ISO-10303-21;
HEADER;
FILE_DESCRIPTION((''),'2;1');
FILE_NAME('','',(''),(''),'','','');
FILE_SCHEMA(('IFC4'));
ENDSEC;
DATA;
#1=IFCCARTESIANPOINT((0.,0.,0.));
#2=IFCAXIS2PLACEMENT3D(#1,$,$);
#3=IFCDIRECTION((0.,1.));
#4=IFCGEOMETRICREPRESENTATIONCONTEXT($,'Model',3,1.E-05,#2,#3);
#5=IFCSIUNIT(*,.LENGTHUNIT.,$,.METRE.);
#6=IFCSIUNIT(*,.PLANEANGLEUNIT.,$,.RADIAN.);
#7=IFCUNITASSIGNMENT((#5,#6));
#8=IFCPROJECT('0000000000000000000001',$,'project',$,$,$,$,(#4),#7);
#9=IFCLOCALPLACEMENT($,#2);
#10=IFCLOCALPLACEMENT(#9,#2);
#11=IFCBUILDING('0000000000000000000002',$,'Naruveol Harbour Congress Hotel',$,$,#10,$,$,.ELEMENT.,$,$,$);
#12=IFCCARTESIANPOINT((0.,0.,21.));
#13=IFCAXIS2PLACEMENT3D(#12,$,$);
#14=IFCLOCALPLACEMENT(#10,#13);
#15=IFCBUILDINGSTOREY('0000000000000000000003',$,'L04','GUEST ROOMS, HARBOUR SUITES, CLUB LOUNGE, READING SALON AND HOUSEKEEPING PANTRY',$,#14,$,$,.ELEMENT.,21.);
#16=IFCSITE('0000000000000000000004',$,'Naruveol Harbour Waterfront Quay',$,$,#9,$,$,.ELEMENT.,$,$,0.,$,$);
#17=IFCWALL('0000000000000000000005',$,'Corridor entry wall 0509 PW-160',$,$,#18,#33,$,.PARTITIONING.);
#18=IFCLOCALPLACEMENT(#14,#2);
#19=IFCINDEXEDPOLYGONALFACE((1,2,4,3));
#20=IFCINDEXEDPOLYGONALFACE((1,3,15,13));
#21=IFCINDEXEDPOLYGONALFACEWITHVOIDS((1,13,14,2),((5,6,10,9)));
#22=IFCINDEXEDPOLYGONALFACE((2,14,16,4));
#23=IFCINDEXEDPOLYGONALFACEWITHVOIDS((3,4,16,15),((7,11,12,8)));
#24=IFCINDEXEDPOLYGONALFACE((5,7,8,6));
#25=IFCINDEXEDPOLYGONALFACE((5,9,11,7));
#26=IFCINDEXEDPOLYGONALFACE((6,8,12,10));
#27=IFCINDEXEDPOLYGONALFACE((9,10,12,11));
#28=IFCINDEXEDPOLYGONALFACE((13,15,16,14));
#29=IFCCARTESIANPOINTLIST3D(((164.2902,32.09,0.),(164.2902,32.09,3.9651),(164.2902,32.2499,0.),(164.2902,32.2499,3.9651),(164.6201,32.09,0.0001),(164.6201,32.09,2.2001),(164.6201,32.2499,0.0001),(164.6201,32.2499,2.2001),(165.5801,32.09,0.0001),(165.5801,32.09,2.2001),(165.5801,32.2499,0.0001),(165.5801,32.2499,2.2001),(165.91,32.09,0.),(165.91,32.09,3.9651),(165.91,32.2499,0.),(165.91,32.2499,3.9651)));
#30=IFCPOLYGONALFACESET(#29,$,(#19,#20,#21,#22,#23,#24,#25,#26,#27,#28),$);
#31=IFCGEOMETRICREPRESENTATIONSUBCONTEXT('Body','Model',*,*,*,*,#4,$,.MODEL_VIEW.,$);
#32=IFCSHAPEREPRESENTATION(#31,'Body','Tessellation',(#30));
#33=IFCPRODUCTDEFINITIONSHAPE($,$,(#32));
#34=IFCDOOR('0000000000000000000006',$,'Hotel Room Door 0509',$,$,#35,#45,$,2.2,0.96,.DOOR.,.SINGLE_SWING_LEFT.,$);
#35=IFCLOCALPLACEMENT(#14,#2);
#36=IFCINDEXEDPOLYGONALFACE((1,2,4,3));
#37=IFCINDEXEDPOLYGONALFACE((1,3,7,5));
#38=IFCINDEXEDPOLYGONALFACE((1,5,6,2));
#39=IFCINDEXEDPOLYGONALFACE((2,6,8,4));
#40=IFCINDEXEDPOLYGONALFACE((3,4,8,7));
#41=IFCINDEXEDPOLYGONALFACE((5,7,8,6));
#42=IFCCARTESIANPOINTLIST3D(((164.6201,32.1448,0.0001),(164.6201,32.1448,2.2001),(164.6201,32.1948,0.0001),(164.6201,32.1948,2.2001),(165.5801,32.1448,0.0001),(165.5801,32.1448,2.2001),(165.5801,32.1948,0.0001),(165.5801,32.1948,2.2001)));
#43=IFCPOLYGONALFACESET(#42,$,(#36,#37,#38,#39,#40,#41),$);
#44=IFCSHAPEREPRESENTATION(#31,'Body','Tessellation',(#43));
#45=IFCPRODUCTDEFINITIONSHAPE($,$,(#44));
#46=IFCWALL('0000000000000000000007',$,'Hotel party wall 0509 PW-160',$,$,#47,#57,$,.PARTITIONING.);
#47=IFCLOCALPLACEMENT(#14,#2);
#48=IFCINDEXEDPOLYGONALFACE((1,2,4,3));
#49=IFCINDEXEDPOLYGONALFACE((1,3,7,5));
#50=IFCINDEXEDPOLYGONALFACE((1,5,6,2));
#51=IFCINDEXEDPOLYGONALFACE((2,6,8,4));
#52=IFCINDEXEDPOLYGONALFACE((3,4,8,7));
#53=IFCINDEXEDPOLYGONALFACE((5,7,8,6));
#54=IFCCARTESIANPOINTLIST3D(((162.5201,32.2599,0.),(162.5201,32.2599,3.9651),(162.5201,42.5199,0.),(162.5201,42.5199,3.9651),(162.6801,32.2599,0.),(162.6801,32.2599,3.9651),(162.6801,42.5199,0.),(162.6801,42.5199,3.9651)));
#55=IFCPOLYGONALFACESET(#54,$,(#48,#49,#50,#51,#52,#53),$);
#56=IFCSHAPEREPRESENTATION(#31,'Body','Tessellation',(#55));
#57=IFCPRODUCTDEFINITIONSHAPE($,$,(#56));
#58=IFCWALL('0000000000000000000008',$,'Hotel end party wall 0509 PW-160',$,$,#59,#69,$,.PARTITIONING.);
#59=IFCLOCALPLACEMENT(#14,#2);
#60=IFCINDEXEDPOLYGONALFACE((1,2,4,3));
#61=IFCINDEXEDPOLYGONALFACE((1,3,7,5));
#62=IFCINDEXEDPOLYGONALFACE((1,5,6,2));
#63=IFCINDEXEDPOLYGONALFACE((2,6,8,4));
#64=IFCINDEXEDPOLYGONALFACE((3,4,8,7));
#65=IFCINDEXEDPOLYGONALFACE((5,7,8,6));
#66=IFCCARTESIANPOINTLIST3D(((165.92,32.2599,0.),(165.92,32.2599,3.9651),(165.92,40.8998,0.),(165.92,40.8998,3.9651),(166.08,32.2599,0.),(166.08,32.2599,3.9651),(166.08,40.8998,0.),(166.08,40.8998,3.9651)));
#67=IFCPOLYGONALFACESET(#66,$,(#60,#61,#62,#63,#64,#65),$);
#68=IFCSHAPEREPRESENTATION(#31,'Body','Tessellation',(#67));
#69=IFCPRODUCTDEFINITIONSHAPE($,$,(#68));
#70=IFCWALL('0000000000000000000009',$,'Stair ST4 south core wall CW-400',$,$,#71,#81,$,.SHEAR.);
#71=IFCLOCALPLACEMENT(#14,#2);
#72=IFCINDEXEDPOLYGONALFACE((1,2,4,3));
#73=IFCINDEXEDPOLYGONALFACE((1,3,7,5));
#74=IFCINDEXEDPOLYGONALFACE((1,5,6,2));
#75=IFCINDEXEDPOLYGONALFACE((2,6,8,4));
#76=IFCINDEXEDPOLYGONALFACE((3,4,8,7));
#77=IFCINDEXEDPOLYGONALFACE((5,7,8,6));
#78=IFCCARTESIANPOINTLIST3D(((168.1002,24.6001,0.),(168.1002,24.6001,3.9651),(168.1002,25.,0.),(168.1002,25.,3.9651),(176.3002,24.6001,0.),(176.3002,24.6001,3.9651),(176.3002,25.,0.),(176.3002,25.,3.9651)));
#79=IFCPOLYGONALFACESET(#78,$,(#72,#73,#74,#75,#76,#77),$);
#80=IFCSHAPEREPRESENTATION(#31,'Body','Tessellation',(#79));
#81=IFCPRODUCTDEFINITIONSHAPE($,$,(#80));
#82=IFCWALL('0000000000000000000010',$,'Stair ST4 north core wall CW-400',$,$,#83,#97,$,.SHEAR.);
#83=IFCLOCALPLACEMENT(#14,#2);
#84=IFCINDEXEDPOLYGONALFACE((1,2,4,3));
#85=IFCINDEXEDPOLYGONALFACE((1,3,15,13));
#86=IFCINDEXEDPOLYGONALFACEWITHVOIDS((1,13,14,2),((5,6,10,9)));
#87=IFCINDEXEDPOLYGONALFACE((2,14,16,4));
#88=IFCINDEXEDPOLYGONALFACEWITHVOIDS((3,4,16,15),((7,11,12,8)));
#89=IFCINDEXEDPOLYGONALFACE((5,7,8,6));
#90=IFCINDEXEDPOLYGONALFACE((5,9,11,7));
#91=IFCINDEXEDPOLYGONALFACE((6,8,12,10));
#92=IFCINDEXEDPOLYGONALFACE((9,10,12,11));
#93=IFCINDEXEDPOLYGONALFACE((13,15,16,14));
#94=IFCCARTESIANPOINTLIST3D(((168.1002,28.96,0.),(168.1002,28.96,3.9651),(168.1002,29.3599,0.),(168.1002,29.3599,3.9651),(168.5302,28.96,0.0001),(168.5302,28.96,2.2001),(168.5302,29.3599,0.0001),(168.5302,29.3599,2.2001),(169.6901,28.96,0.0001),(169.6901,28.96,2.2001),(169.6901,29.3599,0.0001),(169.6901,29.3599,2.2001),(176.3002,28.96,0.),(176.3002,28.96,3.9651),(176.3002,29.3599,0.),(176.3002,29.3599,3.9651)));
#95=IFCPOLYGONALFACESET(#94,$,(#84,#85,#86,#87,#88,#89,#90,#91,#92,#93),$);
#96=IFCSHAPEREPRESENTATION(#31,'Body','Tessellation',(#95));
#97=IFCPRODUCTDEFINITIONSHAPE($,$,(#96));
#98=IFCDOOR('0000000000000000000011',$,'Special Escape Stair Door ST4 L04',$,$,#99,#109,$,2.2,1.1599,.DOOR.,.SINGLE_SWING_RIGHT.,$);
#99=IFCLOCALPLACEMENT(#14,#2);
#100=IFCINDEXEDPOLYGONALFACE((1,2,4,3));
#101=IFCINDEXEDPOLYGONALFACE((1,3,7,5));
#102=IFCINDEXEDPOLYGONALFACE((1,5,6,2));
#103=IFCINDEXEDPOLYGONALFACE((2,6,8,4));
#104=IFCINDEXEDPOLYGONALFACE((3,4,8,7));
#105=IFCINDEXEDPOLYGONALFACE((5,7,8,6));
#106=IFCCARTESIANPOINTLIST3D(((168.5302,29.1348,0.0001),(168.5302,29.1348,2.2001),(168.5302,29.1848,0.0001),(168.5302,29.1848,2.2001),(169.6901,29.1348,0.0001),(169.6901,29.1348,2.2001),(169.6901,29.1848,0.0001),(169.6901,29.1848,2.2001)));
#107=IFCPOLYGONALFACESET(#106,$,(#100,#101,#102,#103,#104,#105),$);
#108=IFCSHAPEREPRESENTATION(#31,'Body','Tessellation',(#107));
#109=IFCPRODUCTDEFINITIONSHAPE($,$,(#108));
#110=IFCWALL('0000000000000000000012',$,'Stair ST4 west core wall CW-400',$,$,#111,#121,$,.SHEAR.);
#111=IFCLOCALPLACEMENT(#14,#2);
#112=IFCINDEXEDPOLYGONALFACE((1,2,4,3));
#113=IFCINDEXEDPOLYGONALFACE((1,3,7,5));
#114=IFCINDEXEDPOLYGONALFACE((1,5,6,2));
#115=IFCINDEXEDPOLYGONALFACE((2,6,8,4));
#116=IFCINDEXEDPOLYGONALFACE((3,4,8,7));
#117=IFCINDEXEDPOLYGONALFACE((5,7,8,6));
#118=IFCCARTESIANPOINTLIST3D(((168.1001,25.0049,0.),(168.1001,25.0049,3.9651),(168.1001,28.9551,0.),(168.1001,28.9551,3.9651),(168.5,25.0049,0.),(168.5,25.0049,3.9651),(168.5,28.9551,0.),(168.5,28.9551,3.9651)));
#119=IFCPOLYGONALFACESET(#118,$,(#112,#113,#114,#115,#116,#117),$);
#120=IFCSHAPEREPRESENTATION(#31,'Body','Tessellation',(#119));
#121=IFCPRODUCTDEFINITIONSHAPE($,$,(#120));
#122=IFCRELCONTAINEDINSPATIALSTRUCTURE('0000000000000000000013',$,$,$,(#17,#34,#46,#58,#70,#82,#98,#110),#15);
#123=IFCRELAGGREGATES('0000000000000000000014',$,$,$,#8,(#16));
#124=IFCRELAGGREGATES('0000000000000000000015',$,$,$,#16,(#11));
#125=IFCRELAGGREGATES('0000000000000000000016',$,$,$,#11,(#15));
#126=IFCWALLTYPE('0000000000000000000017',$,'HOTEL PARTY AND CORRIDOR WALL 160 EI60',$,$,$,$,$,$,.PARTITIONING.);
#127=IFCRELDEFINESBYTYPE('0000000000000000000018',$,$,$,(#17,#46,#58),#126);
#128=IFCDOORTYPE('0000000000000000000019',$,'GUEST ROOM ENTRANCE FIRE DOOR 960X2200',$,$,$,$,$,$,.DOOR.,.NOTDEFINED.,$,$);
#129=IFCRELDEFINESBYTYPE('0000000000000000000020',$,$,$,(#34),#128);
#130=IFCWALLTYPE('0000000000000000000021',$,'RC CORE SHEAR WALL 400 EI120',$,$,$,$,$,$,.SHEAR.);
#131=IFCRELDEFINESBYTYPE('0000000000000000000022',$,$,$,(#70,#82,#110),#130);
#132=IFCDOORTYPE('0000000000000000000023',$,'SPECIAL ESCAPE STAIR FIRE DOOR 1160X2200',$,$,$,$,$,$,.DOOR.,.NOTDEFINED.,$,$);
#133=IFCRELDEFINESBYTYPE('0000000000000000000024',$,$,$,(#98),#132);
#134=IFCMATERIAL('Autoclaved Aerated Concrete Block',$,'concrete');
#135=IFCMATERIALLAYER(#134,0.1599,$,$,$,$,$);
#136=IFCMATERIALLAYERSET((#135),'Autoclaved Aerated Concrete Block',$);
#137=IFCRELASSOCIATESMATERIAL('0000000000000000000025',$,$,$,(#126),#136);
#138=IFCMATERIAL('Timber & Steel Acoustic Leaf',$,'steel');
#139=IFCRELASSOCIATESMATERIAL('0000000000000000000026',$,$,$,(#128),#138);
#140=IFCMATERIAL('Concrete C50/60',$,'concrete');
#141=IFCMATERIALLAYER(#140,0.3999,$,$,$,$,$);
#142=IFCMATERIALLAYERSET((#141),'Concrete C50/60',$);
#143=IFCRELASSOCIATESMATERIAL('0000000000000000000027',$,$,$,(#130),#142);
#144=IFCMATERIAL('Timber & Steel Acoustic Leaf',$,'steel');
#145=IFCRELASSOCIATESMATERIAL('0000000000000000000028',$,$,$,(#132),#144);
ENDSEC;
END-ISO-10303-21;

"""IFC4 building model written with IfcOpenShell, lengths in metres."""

from ifc_helpers import new_model, si_unit, direction, frame, frame_2d, origin, place, context, subcontext, project, spatial, rectangle, extrude, material, layer, layer_set, type_object, element, fill, save


model = new_model("IFC4")

# Units and contexts
model_context = context("Model", 3, precision=1e-05, world=origin(), true_north=direction((0.0, 1.0)))
body_context = subcontext(model_context, "Body", "Model", "MODEL_VIEW")
ifc_project = project(units=[si_unit("LENGTHUNIT", "METRE"), si_unit("PLANEANGLEUNIT", "RADIAN")], contexts=[model_context])

# Site, building, storey
site_placement = place(None, origin())
site = spatial("IfcSite", under=ifc_project, at=site_placement, Name="Naruveol Harbour Waterfront Quay", CompositionType="ELEMENT", RefElevation=0.0)
building_placement = place(site_placement, origin())
building = spatial("IfcBuilding", under=site, at=building_placement, Name="Naruveol Harbour Congress Hotel", CompositionType="ELEMENT")
storey_placement = place(building_placement, frame((0.0, 0.0, 21.0)))
storey = spatial("IfcBuildingStorey", under=building, at=storey_placement, Name="L04", Description="GUEST ROOMS, HARBOUR SUITES, CLUB LOUNGE, READING SALON AND HOUSEKEEPING PANTRY", CompositionType="ELEMENT", Elevation=21.0)

# Shared definitions
ifc_material_1 = material(Name="Autoclaved Aerated Concrete Block", Category="concrete")
ifc_layer_1 = layer(ifc_material_1, 0.1599)
ifc_layer_set_1 = layer_set([ifc_layer_1], Name="Autoclaved Aerated Concrete Block")
wall_type_1 = type_object("IfcWallType", Name="HOTEL PARTY AND CORRIDOR WALL 160 EI60", PredefinedType="PARTITIONING", material=ifc_layer_set_1)
ifc_material_2 = material(Name="Timber & Steel Acoustic Leaf", Category="steel")
door_type_1 = type_object("IfcDoorType", Name="GUEST ROOM ENTRANCE FIRE DOOR 960X2200", OperationType="NOTDEFINED", PredefinedType="DOOR", material=ifc_material_2)

# Wall, opening, door
wall_1_placement = place(storey_placement, frame((164.29, 32.1699, 0.0), z_axis=(0.0, 0.0, 1.0), x_axis=(1.0, 0.0, 0.0)))
wall_1 = element("IfcWall", 1, at=wall_1_placement, inside=storey, type_object=wall_type_1, Name="Corridor entry wall 0509 PW-160", PredefinedType="PARTITIONING", context=body_context, shape_type="SweptSolid", body=[
    extrude(rectangle(XDim=1.6199, YDim=0.1599, at=frame_2d((0.8101, 0.0))), origin(), (0.0, 0.0, 1.0), 3.9651),
])
opening_1_placement = place(wall_1_placement, frame((0.3301, 0.0, 0.0)))
opening_1 = element("IfcOpeningElement", 2, at=opening_1_placement, cuts=wall_1, PredefinedType="OPENING", context=body_context, shape_type="SweptSolid", body=[
    extrude(rectangle(XDim=0.96, YDim=2.2, at=frame_2d((0.48, 1.1001))), frame((0.0, 0.0898, 0.0), z_axis=(0.0, -1.0, 0.0), x_axis=(1.0, 0.0, 0.0)), (0.0, 0.0, 1.0), 0.1799),
])
door_1_placement = place(opening_1_placement, origin())
door_1 = element("IfcDoor", 3, at=door_1_placement, inside=storey, type_object=door_type_1, Name="Hotel Room Door 0509", OperationType="SINGLE_SWING_LEFT", OverallHeight=2.2, OverallWidth=0.96, PredefinedType="DOOR", context=body_context, shape_type="SweptSolid", body=[
    extrude(rectangle(XDim=0.96, YDim=2.2, at=frame_2d((0.48, 1.1001))), frame((0.0, 0.0249, 0.0), z_axis=(0.0, -1.0, 0.0), x_axis=(1.0, 0.0, 0.0)), (0.0, 0.0, 1.0), 0.05),
])
fill(opening_1, door_1)

# Walls
wall_2_placement = place(storey_placement, frame((162.6001, 32.26, 0.0), z_axis=(0.0, 0.0, 1.0), x_axis=(0.0, 1.0, 0.0)))
element("IfcWall", 4, at=wall_2_placement, inside=storey, type_object=wall_type_1, Name="Hotel party wall 0509 PW-160", PredefinedType="PARTITIONING", context=body_context, shape_type="SweptSolid", body=[
    extrude(rectangle(XDim=10.26, YDim=0.1599, at=frame_2d((5.1299, 0.0))), origin(), (0.0, 0.0, 1.0), 3.9651),
])
wall_3_placement = place(storey_placement, frame((166.0, 32.26, 0.0), z_axis=(0.0, 0.0, 1.0), x_axis=(0.0, 1.0, 0.0)))
element("IfcWall", 5, at=wall_3_placement, inside=storey, type_object=wall_type_1, Name="Hotel end party wall 0509 PW-160", PredefinedType="PARTITIONING", context=body_context, shape_type="SweptSolid", body=[
    extrude(rectangle(XDim=8.6399, YDim=0.1599, at=frame_2d((4.3198, 0.0))), origin(), (0.0, 0.0, 1.0), 3.9651),
])
ifc_material_3 = material(Name="Concrete C50/60", Category="concrete")
ifc_layer_2 = layer(ifc_material_3, 0.3999)
ifc_layer_set_2 = layer_set([ifc_layer_2], Name="Concrete C50/60")
wall_type_2 = type_object("IfcWallType", Name="RC CORE SHEAR WALL 400 EI120", PredefinedType="SHEAR", material=ifc_layer_set_2)
wall_4_placement = place(storey_placement, frame((168.1001, 24.8, 0.0), z_axis=(0.0, 0.0, 1.0), x_axis=(1.0, 0.0, 0.0)))
element("IfcWall", 6, at=wall_4_placement, inside=storey, type_object=wall_type_2, Name="Stair ST4 south core wall CW-400", PredefinedType="SHEAR", context=body_context, shape_type="SweptSolid", body=[
    extrude(rectangle(XDim=8.2, YDim=0.3999, at=frame_2d((4.1001, 0.0))), origin(), (0.0, 0.0, 1.0), 3.9651),
])

# Wall, opening, door
wall_5_placement = place(storey_placement, frame((168.1001, 29.1599, 0.0), z_axis=(0.0, 0.0, 1.0), x_axis=(1.0, 0.0, 0.0)))
wall_5 = element("IfcWall", 7, at=wall_5_placement, inside=storey, type_object=wall_type_2, Name="Stair ST4 north core wall CW-400", PredefinedType="SHEAR", context=body_context, shape_type="SweptSolid", body=[
    extrude(rectangle(XDim=8.2, YDim=0.3999, at=frame_2d((4.1001, 0.0))), origin(), (0.0, 0.0, 1.0), 3.9651),
])
opening_2_placement = place(wall_5_placement, frame((0.4299, 0.0, 0.0)))
opening_2 = element("IfcOpeningElement", 8, at=opening_2_placement, cuts=wall_5, PredefinedType="OPENING", context=body_context, shape_type="SweptSolid", body=[
    extrude(rectangle(XDim=1.1599, YDim=2.2, at=frame_2d((0.5801, 1.1001))), frame((0.0, 0.21, 0.0), z_axis=(0.0, -1.0, 0.0), x_axis=(1.0, 0.0, 0.0)), (0.0, 0.0, 1.0), 0.4199),
])
ifc_material_4 = material(Name="Timber & Steel Acoustic Leaf", Category="steel")
door_type_2 = type_object("IfcDoorType", Name="SPECIAL ESCAPE STAIR FIRE DOOR 1160X2200", OperationType="NOTDEFINED", PredefinedType="DOOR", material=ifc_material_4)
door_2_placement = place(opening_2_placement, origin())
door_2 = element("IfcDoor", 9, at=door_2_placement, inside=storey, type_object=door_type_2, Name="Special Escape Stair Door ST4 L04", OperationType="SINGLE_SWING_RIGHT", OverallHeight=2.2, OverallWidth=1.1599, PredefinedType="DOOR", context=body_context, shape_type="SweptSolid", body=[
    extrude(rectangle(XDim=1.1599, YDim=2.2, at=frame_2d((0.5801, 1.1001))), frame((0.0, 0.0249, 0.0), z_axis=(0.0, -1.0, 0.0), x_axis=(1.0, 0.0, 0.0)), (0.0, 0.0, 1.0), 0.05),
])
fill(opening_2, door_2)

# Wall
wall_6_placement = place(storey_placement, frame((168.3, 25.0049, 0.0), z_axis=(0.0, 0.0, 1.0), x_axis=(0.0, 1.0, 0.0)))
element("IfcWall", 10, at=wall_6_placement, inside=storey, type_object=wall_type_2, Name="Stair ST4 west core wall CW-400", PredefinedType="SHEAR", context=body_context, shape_type="SweptSolid", body=[
    extrude(rectangle(XDim=3.9502, YDim=0.3999, at=frame_2d((1.9751, 0.0))), origin(), (0.0, 0.0, 1.0), 3.9651),
])

save(model, "model.ifc")
